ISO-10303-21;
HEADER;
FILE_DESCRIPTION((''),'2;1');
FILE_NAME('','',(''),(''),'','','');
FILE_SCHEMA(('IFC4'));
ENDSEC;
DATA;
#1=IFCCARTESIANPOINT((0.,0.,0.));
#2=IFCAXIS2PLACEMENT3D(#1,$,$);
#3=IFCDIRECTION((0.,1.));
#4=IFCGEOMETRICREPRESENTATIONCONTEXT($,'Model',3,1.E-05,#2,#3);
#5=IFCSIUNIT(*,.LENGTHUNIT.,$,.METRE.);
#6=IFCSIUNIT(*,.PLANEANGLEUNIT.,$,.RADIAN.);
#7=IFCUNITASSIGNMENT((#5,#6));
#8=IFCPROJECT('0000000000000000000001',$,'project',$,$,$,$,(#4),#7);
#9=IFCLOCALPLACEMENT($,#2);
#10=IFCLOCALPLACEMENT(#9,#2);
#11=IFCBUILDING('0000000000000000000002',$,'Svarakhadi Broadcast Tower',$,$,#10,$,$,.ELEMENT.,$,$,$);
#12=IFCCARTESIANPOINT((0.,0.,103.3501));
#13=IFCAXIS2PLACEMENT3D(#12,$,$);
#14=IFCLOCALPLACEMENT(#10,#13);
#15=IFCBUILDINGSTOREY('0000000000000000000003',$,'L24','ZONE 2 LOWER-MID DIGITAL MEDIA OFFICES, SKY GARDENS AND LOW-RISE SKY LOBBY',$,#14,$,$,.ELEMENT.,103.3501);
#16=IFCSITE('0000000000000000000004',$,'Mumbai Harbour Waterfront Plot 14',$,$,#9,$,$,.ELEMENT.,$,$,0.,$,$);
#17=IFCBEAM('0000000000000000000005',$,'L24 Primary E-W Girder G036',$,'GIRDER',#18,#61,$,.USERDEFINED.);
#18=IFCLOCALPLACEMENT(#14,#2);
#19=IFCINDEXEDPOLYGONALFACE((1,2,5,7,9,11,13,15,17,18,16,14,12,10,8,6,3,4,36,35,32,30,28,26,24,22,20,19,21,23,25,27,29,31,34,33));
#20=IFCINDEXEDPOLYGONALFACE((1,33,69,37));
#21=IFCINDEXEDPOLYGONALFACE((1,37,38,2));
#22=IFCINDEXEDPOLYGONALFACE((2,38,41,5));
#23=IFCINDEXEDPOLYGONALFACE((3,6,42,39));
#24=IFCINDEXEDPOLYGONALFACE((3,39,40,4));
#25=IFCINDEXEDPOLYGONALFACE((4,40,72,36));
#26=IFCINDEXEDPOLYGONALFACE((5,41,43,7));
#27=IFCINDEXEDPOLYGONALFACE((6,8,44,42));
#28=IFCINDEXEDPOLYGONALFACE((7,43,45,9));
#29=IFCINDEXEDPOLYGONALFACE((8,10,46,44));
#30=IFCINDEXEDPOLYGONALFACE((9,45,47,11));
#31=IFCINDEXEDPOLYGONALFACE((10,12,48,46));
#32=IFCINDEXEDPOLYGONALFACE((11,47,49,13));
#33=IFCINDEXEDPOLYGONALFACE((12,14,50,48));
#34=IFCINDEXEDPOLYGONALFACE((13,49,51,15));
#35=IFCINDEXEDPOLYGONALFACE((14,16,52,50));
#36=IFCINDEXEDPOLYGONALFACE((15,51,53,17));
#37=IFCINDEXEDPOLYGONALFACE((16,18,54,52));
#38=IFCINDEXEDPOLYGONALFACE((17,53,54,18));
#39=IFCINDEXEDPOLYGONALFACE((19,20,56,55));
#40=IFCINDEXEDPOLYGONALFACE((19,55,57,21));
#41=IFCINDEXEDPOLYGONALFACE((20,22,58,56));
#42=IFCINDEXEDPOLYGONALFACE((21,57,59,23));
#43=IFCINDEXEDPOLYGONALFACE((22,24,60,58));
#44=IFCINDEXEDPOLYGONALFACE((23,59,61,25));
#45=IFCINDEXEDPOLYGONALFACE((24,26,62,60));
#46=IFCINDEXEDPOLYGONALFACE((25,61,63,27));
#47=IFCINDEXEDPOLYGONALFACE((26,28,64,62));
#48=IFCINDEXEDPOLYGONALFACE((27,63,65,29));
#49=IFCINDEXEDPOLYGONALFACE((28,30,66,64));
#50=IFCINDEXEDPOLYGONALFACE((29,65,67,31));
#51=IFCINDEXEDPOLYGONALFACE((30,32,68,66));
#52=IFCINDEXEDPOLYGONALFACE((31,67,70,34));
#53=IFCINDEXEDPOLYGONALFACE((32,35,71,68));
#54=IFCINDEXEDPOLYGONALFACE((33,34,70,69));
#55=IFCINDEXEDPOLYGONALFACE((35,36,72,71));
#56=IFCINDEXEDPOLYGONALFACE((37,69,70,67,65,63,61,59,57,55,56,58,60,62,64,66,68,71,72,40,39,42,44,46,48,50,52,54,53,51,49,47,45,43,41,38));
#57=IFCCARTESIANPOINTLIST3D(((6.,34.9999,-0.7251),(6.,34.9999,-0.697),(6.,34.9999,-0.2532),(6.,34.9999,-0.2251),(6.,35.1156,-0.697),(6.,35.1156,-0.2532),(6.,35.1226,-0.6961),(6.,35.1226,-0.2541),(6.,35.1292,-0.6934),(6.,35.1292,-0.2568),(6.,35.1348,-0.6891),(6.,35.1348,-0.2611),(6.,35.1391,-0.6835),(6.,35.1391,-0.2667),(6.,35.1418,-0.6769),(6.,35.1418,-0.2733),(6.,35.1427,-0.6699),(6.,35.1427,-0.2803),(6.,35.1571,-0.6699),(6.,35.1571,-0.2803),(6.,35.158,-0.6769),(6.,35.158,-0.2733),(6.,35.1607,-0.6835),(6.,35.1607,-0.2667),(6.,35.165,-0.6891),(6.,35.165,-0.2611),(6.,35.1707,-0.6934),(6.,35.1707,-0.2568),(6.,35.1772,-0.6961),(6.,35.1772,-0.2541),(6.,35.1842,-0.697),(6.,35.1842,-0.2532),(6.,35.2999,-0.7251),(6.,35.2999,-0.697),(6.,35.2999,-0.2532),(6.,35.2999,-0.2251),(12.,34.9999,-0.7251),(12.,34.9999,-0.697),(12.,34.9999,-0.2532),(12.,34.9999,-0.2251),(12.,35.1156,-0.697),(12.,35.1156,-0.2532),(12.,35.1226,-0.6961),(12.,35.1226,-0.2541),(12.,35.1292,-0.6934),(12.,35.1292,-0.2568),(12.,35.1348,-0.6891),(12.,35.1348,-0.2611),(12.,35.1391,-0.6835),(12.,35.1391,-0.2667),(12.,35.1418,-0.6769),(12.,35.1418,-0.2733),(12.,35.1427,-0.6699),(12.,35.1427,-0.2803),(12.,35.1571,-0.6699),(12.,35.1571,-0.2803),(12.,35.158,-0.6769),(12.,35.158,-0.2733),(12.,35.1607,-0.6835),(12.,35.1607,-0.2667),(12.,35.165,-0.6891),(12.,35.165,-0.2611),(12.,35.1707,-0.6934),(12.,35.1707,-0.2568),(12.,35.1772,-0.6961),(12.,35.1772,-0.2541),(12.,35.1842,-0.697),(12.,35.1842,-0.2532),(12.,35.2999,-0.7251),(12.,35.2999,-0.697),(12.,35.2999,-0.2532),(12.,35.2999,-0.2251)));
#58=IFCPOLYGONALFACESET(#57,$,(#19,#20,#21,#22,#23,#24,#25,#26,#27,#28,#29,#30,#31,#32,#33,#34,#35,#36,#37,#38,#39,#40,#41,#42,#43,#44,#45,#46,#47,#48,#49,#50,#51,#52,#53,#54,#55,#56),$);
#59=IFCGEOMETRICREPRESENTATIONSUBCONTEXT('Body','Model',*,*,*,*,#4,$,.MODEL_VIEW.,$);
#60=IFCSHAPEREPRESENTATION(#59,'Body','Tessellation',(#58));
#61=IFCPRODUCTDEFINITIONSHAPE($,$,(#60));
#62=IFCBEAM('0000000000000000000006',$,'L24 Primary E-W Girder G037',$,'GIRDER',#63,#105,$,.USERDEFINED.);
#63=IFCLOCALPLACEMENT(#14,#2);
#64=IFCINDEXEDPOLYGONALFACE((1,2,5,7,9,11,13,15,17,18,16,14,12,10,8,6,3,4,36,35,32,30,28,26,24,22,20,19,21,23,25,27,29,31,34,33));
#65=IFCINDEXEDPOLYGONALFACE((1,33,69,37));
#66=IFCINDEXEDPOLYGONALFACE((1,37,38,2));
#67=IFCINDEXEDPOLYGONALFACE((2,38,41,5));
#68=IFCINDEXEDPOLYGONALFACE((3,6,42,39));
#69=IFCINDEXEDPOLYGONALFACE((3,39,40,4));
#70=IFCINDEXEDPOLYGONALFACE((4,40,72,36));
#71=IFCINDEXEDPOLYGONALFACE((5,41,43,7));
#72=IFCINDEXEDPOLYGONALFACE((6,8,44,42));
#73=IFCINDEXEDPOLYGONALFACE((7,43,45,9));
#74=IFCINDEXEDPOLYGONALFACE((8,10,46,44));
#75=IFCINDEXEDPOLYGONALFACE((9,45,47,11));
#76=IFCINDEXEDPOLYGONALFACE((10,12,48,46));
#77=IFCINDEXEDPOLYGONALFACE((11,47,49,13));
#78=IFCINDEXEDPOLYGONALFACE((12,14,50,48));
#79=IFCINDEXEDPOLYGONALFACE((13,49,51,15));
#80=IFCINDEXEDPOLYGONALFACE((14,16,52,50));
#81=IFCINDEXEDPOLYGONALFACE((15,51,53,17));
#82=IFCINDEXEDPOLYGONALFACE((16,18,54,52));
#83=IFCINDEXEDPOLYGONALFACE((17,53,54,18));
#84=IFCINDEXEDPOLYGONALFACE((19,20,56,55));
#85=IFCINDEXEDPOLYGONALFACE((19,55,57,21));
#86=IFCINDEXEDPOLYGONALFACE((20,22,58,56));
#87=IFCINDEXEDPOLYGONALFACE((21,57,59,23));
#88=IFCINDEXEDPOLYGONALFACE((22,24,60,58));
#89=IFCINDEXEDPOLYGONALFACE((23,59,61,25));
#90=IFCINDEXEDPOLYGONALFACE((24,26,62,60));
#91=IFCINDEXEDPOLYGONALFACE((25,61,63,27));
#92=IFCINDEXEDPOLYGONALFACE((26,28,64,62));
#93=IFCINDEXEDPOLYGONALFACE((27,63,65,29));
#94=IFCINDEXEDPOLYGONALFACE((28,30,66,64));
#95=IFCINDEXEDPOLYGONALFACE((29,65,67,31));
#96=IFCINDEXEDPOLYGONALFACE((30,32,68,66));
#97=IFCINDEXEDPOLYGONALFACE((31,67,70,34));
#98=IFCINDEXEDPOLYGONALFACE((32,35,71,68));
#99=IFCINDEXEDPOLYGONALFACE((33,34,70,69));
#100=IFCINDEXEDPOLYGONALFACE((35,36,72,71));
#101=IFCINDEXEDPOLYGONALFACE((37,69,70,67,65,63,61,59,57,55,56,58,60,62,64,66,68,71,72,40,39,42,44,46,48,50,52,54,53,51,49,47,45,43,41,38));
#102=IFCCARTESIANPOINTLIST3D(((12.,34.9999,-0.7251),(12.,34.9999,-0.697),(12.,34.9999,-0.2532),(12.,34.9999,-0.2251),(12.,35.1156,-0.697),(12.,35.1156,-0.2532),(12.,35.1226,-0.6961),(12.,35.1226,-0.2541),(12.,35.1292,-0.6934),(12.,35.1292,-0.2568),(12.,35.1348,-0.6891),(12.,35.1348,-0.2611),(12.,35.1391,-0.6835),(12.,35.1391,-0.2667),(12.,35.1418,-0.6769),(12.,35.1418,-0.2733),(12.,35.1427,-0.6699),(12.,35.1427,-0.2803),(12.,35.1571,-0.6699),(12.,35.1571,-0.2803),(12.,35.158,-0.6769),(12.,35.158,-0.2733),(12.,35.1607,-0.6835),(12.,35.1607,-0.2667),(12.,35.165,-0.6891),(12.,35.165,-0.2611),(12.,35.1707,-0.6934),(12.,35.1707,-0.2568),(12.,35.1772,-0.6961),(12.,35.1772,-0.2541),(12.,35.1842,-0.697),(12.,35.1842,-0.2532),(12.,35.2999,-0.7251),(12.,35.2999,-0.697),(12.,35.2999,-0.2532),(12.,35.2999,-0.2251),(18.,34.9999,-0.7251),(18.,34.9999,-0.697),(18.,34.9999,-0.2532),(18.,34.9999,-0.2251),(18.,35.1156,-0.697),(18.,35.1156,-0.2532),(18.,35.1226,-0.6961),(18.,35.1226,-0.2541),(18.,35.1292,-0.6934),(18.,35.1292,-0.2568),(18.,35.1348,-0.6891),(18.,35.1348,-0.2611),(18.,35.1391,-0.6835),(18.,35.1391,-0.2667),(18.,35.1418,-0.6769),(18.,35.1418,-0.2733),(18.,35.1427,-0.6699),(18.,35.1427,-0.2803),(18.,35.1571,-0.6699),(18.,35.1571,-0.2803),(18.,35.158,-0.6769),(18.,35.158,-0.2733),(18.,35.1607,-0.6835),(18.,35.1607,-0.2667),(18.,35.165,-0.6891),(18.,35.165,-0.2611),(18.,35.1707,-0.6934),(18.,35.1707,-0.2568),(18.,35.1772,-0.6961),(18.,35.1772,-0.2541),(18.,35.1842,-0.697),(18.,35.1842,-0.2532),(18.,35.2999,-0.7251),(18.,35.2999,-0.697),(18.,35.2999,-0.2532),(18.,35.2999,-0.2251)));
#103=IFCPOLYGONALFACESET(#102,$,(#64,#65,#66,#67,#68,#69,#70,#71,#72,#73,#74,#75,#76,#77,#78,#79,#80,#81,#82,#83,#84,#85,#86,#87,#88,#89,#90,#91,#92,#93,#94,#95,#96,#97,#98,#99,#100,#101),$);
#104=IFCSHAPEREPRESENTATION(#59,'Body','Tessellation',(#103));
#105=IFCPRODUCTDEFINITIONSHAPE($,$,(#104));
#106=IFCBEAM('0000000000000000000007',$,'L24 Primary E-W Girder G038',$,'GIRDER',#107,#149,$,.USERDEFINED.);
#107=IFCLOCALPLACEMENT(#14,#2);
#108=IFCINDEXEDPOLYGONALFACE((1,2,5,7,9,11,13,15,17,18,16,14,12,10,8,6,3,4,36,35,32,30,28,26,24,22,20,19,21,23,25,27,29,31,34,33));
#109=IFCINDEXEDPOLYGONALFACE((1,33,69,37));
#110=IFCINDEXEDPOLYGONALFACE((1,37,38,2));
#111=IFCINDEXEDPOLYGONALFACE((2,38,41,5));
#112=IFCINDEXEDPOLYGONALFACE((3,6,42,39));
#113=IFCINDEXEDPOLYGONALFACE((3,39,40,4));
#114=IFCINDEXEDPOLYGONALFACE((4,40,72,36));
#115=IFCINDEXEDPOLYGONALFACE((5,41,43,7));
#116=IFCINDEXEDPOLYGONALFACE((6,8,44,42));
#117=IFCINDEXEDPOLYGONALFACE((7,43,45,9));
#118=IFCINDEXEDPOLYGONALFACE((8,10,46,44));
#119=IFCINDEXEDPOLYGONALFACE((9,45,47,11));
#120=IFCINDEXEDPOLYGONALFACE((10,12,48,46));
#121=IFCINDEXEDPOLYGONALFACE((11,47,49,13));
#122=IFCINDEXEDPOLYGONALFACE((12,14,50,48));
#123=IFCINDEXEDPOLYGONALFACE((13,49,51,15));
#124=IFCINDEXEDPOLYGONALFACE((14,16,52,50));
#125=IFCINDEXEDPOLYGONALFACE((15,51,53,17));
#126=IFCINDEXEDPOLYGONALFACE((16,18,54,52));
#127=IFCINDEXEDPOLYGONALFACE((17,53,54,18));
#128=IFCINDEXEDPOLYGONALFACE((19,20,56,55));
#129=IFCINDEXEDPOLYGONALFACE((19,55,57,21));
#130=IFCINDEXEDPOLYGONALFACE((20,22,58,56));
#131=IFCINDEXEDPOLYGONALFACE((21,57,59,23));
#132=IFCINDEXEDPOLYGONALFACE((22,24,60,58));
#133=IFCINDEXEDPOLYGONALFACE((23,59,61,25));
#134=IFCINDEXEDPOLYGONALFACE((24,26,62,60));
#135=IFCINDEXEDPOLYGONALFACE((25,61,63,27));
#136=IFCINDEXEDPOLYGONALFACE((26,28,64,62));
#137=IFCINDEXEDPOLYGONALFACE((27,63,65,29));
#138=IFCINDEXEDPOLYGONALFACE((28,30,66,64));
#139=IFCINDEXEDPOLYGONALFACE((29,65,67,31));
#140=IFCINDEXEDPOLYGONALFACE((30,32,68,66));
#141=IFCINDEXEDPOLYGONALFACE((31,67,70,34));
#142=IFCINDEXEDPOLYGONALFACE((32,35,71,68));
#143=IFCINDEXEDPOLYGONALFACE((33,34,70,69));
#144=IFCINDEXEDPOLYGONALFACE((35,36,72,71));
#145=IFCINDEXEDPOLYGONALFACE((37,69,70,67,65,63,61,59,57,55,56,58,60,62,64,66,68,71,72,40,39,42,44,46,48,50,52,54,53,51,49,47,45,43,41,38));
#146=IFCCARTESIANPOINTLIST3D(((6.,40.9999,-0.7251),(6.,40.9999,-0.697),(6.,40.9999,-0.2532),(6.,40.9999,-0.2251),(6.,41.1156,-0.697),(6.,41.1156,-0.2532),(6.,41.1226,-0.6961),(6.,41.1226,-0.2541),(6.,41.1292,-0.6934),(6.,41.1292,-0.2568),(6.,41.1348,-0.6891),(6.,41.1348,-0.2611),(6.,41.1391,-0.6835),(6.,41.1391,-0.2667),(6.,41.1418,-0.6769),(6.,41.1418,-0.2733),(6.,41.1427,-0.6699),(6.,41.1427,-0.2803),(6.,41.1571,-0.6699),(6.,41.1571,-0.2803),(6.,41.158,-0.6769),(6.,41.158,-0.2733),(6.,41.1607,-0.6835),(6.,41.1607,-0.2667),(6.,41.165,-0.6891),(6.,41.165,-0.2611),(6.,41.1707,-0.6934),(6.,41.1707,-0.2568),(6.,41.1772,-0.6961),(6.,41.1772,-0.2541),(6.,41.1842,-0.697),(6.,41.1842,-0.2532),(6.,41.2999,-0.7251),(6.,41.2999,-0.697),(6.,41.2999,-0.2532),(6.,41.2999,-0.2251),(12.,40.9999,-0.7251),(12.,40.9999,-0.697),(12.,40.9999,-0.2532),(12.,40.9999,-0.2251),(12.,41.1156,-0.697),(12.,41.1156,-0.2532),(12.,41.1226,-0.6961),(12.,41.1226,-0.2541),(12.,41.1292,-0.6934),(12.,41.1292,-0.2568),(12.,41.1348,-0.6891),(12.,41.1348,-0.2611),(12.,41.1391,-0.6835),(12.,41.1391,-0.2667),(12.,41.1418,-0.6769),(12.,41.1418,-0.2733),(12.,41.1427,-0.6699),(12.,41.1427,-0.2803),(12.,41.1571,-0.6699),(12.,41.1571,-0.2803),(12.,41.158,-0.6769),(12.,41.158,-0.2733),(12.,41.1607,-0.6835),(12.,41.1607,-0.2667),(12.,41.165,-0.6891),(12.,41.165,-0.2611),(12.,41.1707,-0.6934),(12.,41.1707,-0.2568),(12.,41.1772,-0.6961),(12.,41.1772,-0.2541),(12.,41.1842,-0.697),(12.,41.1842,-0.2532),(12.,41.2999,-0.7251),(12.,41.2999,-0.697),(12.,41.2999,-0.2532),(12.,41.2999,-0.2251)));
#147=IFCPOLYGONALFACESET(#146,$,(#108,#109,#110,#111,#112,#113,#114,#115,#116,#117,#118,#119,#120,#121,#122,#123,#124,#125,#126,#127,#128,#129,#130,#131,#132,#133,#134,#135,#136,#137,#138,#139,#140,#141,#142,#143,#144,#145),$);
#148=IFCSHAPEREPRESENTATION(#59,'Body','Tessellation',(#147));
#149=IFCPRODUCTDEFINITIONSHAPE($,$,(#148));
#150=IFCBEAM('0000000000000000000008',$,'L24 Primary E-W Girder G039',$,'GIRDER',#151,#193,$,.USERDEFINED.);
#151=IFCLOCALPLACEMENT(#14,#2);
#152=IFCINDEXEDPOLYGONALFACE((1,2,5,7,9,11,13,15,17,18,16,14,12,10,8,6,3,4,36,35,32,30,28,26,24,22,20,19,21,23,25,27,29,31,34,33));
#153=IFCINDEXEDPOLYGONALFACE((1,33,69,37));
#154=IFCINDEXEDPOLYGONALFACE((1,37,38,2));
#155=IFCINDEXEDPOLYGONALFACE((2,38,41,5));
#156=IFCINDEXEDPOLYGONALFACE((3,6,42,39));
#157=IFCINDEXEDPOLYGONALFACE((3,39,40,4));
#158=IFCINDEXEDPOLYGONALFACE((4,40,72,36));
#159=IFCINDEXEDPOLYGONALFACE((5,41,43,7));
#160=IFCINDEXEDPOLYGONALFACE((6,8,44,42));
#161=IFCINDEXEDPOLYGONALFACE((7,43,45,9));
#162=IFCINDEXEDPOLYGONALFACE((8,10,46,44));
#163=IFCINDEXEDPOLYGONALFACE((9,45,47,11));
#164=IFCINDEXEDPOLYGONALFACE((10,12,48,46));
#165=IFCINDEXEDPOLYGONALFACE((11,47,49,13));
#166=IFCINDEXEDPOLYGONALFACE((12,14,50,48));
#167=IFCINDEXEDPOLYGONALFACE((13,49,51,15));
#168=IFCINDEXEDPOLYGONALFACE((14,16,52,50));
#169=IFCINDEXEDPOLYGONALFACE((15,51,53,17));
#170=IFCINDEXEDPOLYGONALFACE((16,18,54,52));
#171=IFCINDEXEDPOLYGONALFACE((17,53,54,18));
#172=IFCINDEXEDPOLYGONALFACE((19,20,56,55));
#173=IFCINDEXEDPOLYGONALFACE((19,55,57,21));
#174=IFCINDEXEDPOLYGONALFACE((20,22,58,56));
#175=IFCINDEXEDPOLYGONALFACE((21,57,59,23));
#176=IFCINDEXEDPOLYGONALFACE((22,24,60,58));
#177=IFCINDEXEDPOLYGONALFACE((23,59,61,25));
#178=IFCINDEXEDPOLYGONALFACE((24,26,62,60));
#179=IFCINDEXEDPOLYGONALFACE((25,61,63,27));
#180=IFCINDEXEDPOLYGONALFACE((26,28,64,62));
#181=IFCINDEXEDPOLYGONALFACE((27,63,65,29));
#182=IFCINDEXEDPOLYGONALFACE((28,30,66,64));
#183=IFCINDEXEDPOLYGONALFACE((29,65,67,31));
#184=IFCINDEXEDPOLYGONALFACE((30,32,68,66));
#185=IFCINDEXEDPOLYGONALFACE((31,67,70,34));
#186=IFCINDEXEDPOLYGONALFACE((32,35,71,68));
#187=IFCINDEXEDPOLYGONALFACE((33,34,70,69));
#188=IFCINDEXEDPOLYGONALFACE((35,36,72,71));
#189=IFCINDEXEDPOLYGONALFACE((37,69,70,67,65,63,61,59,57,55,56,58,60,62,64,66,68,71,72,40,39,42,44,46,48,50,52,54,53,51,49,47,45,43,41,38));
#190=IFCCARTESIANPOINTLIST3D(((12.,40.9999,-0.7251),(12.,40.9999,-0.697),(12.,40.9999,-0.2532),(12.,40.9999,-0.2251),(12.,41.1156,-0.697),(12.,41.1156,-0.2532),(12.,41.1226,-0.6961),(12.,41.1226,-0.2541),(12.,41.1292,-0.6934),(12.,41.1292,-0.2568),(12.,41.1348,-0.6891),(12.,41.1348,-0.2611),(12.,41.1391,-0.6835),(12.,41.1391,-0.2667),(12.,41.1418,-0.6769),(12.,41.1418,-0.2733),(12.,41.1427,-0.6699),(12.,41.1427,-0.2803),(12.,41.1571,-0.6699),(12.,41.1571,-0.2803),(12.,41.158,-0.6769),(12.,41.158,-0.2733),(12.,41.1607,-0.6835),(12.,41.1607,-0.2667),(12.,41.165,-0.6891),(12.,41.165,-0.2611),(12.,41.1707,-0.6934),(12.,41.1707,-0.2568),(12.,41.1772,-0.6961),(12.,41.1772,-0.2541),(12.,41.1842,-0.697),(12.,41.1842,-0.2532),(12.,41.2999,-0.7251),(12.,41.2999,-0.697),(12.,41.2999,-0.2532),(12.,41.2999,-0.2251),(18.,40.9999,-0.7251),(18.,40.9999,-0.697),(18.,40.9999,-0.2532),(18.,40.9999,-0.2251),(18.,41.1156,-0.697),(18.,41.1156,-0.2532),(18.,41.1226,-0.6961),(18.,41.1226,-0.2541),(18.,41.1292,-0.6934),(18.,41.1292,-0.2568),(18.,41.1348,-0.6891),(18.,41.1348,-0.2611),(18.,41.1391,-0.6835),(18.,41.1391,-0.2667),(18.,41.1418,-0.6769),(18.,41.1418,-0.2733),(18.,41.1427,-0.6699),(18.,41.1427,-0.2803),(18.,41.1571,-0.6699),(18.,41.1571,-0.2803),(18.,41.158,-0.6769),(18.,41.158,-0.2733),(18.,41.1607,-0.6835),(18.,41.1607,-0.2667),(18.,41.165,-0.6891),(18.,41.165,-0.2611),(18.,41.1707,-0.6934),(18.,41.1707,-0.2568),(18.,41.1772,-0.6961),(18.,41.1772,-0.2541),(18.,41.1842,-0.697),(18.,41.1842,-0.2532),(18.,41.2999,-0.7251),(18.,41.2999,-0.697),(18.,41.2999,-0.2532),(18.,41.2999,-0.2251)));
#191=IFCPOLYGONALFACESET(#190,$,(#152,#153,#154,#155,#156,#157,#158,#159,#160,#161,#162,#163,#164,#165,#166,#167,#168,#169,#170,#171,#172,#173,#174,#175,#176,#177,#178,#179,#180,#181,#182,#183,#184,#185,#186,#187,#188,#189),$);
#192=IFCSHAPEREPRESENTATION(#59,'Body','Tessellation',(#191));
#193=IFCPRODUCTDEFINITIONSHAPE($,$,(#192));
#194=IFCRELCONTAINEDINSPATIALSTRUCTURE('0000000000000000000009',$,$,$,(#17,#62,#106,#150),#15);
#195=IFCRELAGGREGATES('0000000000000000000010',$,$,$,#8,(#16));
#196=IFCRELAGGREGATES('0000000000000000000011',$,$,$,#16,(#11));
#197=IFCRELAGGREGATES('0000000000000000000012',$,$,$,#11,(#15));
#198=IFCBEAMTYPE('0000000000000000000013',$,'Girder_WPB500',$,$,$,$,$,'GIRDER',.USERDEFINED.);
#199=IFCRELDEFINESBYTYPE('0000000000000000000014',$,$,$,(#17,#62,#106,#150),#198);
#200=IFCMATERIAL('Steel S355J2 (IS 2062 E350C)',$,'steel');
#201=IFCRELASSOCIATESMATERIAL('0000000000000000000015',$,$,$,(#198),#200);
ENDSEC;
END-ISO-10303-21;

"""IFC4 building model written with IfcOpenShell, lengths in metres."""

from ifc_helpers import new_model, si_unit, direction, frame, origin, origin_2d, place, context, subcontext, project, spatial, i_section, extrude, material, material_profile, profile_set, type_object, element, save


model = new_model("IFC4")

# Units and contexts
model_context = context("Model", 3, precision=1e-05, world=origin(), true_north=direction((0.0, 1.0)))
body_context = subcontext(model_context, "Body", "Model", "MODEL_VIEW")
ifc_project = project(units=[si_unit("LENGTHUNIT", "METRE"), si_unit("PLANEANGLEUNIT", "RADIAN")], contexts=[model_context])

# Site, building, storey
site_placement = place(None, origin())
site = spatial("IfcSite", under=ifc_project, at=site_placement, Name="Mumbai Harbour Waterfront Plot 14", CompositionType="ELEMENT", RefElevation=0.0)
building_placement = place(site_placement, origin())
building = spatial("IfcBuilding", under=site, at=building_placement, Name="Svarakhadi Broadcast Tower", CompositionType="ELEMENT")
storey_placement = place(building_placement, frame((0.0, 0.0, 103.3501)))
storey = spatial("IfcBuildingStorey", under=building, at=storey_placement, Name="L24", Description="ZONE 2 LOWER-MID DIGITAL MEDIA OFFICES, SKY GARDENS AND LOW-RISE SKY LOBBY", CompositionType="ELEMENT", Elevation=103.3501)

# Shared definitions
ifc_material_1 = material(Name="Steel S355J2 (IS 2062 E350C)", Category="steel")

# Beams
ifc_material_profile_1 = material_profile(ifc_material_1, i_section(OverallWidth=0.3, OverallDepth=0.5, WebThickness=0.0144, FlangeThickness=0.0281, FilletRadius=0.0271, at=origin_2d()), Name="WPB 500x300x187")
ifc_profile_set_1 = profile_set([ifc_material_profile_1], Name="Steel S355J2 (IS 2062 E350C)")
beam_type_1 = type_object("IfcBeamType", Name="Girder_WPB500", ElementType="GIRDER", PredefinedType="USERDEFINED", material=ifc_profile_set_1)
for number, where, z_axis, x_axis, name in (
    (1, (6.0, 35.1499, -0.4751), (1.0, 0.0, 0.0), (0.0, 1.0, 0.0), "L24 Primary E-W Girder G036"),
    (2, (12.0, 35.1499, -0.4751), (1.0, 0.0, 0.0), (0.0, 1.0, 0.0), "L24 Primary E-W Girder G037"),
    (3, (6.0, 41.1499, -0.4751), (1.0, 0.0, 0.0), (0.0, 1.0, 0.0), "L24 Primary E-W Girder G038"),
    (4, (12.0, 41.1499, -0.4751), (1.0, 0.0, 0.0), (0.0, 1.0, 0.0), "L24 Primary E-W Girder G039"),
):
    element("IfcBeam", number, at=place(storey_placement, frame(where, z_axis=z_axis, x_axis=x_axis)), inside=storey, type_object=beam_type_1, Name=name, ObjectType="GIRDER", PredefinedType="USERDEFINED", context=body_context, shape_type="SweptSolid", body=[
        extrude(i_section(OverallWidth=0.3, OverallDepth=0.5, WebThickness=0.0144, FlangeThickness=0.0281, FilletRadius=0.0271, at=origin_2d()), origin(), (0.0, 0.0, 1.0), 6.0),
    ])

save(model, "model.ifc")
